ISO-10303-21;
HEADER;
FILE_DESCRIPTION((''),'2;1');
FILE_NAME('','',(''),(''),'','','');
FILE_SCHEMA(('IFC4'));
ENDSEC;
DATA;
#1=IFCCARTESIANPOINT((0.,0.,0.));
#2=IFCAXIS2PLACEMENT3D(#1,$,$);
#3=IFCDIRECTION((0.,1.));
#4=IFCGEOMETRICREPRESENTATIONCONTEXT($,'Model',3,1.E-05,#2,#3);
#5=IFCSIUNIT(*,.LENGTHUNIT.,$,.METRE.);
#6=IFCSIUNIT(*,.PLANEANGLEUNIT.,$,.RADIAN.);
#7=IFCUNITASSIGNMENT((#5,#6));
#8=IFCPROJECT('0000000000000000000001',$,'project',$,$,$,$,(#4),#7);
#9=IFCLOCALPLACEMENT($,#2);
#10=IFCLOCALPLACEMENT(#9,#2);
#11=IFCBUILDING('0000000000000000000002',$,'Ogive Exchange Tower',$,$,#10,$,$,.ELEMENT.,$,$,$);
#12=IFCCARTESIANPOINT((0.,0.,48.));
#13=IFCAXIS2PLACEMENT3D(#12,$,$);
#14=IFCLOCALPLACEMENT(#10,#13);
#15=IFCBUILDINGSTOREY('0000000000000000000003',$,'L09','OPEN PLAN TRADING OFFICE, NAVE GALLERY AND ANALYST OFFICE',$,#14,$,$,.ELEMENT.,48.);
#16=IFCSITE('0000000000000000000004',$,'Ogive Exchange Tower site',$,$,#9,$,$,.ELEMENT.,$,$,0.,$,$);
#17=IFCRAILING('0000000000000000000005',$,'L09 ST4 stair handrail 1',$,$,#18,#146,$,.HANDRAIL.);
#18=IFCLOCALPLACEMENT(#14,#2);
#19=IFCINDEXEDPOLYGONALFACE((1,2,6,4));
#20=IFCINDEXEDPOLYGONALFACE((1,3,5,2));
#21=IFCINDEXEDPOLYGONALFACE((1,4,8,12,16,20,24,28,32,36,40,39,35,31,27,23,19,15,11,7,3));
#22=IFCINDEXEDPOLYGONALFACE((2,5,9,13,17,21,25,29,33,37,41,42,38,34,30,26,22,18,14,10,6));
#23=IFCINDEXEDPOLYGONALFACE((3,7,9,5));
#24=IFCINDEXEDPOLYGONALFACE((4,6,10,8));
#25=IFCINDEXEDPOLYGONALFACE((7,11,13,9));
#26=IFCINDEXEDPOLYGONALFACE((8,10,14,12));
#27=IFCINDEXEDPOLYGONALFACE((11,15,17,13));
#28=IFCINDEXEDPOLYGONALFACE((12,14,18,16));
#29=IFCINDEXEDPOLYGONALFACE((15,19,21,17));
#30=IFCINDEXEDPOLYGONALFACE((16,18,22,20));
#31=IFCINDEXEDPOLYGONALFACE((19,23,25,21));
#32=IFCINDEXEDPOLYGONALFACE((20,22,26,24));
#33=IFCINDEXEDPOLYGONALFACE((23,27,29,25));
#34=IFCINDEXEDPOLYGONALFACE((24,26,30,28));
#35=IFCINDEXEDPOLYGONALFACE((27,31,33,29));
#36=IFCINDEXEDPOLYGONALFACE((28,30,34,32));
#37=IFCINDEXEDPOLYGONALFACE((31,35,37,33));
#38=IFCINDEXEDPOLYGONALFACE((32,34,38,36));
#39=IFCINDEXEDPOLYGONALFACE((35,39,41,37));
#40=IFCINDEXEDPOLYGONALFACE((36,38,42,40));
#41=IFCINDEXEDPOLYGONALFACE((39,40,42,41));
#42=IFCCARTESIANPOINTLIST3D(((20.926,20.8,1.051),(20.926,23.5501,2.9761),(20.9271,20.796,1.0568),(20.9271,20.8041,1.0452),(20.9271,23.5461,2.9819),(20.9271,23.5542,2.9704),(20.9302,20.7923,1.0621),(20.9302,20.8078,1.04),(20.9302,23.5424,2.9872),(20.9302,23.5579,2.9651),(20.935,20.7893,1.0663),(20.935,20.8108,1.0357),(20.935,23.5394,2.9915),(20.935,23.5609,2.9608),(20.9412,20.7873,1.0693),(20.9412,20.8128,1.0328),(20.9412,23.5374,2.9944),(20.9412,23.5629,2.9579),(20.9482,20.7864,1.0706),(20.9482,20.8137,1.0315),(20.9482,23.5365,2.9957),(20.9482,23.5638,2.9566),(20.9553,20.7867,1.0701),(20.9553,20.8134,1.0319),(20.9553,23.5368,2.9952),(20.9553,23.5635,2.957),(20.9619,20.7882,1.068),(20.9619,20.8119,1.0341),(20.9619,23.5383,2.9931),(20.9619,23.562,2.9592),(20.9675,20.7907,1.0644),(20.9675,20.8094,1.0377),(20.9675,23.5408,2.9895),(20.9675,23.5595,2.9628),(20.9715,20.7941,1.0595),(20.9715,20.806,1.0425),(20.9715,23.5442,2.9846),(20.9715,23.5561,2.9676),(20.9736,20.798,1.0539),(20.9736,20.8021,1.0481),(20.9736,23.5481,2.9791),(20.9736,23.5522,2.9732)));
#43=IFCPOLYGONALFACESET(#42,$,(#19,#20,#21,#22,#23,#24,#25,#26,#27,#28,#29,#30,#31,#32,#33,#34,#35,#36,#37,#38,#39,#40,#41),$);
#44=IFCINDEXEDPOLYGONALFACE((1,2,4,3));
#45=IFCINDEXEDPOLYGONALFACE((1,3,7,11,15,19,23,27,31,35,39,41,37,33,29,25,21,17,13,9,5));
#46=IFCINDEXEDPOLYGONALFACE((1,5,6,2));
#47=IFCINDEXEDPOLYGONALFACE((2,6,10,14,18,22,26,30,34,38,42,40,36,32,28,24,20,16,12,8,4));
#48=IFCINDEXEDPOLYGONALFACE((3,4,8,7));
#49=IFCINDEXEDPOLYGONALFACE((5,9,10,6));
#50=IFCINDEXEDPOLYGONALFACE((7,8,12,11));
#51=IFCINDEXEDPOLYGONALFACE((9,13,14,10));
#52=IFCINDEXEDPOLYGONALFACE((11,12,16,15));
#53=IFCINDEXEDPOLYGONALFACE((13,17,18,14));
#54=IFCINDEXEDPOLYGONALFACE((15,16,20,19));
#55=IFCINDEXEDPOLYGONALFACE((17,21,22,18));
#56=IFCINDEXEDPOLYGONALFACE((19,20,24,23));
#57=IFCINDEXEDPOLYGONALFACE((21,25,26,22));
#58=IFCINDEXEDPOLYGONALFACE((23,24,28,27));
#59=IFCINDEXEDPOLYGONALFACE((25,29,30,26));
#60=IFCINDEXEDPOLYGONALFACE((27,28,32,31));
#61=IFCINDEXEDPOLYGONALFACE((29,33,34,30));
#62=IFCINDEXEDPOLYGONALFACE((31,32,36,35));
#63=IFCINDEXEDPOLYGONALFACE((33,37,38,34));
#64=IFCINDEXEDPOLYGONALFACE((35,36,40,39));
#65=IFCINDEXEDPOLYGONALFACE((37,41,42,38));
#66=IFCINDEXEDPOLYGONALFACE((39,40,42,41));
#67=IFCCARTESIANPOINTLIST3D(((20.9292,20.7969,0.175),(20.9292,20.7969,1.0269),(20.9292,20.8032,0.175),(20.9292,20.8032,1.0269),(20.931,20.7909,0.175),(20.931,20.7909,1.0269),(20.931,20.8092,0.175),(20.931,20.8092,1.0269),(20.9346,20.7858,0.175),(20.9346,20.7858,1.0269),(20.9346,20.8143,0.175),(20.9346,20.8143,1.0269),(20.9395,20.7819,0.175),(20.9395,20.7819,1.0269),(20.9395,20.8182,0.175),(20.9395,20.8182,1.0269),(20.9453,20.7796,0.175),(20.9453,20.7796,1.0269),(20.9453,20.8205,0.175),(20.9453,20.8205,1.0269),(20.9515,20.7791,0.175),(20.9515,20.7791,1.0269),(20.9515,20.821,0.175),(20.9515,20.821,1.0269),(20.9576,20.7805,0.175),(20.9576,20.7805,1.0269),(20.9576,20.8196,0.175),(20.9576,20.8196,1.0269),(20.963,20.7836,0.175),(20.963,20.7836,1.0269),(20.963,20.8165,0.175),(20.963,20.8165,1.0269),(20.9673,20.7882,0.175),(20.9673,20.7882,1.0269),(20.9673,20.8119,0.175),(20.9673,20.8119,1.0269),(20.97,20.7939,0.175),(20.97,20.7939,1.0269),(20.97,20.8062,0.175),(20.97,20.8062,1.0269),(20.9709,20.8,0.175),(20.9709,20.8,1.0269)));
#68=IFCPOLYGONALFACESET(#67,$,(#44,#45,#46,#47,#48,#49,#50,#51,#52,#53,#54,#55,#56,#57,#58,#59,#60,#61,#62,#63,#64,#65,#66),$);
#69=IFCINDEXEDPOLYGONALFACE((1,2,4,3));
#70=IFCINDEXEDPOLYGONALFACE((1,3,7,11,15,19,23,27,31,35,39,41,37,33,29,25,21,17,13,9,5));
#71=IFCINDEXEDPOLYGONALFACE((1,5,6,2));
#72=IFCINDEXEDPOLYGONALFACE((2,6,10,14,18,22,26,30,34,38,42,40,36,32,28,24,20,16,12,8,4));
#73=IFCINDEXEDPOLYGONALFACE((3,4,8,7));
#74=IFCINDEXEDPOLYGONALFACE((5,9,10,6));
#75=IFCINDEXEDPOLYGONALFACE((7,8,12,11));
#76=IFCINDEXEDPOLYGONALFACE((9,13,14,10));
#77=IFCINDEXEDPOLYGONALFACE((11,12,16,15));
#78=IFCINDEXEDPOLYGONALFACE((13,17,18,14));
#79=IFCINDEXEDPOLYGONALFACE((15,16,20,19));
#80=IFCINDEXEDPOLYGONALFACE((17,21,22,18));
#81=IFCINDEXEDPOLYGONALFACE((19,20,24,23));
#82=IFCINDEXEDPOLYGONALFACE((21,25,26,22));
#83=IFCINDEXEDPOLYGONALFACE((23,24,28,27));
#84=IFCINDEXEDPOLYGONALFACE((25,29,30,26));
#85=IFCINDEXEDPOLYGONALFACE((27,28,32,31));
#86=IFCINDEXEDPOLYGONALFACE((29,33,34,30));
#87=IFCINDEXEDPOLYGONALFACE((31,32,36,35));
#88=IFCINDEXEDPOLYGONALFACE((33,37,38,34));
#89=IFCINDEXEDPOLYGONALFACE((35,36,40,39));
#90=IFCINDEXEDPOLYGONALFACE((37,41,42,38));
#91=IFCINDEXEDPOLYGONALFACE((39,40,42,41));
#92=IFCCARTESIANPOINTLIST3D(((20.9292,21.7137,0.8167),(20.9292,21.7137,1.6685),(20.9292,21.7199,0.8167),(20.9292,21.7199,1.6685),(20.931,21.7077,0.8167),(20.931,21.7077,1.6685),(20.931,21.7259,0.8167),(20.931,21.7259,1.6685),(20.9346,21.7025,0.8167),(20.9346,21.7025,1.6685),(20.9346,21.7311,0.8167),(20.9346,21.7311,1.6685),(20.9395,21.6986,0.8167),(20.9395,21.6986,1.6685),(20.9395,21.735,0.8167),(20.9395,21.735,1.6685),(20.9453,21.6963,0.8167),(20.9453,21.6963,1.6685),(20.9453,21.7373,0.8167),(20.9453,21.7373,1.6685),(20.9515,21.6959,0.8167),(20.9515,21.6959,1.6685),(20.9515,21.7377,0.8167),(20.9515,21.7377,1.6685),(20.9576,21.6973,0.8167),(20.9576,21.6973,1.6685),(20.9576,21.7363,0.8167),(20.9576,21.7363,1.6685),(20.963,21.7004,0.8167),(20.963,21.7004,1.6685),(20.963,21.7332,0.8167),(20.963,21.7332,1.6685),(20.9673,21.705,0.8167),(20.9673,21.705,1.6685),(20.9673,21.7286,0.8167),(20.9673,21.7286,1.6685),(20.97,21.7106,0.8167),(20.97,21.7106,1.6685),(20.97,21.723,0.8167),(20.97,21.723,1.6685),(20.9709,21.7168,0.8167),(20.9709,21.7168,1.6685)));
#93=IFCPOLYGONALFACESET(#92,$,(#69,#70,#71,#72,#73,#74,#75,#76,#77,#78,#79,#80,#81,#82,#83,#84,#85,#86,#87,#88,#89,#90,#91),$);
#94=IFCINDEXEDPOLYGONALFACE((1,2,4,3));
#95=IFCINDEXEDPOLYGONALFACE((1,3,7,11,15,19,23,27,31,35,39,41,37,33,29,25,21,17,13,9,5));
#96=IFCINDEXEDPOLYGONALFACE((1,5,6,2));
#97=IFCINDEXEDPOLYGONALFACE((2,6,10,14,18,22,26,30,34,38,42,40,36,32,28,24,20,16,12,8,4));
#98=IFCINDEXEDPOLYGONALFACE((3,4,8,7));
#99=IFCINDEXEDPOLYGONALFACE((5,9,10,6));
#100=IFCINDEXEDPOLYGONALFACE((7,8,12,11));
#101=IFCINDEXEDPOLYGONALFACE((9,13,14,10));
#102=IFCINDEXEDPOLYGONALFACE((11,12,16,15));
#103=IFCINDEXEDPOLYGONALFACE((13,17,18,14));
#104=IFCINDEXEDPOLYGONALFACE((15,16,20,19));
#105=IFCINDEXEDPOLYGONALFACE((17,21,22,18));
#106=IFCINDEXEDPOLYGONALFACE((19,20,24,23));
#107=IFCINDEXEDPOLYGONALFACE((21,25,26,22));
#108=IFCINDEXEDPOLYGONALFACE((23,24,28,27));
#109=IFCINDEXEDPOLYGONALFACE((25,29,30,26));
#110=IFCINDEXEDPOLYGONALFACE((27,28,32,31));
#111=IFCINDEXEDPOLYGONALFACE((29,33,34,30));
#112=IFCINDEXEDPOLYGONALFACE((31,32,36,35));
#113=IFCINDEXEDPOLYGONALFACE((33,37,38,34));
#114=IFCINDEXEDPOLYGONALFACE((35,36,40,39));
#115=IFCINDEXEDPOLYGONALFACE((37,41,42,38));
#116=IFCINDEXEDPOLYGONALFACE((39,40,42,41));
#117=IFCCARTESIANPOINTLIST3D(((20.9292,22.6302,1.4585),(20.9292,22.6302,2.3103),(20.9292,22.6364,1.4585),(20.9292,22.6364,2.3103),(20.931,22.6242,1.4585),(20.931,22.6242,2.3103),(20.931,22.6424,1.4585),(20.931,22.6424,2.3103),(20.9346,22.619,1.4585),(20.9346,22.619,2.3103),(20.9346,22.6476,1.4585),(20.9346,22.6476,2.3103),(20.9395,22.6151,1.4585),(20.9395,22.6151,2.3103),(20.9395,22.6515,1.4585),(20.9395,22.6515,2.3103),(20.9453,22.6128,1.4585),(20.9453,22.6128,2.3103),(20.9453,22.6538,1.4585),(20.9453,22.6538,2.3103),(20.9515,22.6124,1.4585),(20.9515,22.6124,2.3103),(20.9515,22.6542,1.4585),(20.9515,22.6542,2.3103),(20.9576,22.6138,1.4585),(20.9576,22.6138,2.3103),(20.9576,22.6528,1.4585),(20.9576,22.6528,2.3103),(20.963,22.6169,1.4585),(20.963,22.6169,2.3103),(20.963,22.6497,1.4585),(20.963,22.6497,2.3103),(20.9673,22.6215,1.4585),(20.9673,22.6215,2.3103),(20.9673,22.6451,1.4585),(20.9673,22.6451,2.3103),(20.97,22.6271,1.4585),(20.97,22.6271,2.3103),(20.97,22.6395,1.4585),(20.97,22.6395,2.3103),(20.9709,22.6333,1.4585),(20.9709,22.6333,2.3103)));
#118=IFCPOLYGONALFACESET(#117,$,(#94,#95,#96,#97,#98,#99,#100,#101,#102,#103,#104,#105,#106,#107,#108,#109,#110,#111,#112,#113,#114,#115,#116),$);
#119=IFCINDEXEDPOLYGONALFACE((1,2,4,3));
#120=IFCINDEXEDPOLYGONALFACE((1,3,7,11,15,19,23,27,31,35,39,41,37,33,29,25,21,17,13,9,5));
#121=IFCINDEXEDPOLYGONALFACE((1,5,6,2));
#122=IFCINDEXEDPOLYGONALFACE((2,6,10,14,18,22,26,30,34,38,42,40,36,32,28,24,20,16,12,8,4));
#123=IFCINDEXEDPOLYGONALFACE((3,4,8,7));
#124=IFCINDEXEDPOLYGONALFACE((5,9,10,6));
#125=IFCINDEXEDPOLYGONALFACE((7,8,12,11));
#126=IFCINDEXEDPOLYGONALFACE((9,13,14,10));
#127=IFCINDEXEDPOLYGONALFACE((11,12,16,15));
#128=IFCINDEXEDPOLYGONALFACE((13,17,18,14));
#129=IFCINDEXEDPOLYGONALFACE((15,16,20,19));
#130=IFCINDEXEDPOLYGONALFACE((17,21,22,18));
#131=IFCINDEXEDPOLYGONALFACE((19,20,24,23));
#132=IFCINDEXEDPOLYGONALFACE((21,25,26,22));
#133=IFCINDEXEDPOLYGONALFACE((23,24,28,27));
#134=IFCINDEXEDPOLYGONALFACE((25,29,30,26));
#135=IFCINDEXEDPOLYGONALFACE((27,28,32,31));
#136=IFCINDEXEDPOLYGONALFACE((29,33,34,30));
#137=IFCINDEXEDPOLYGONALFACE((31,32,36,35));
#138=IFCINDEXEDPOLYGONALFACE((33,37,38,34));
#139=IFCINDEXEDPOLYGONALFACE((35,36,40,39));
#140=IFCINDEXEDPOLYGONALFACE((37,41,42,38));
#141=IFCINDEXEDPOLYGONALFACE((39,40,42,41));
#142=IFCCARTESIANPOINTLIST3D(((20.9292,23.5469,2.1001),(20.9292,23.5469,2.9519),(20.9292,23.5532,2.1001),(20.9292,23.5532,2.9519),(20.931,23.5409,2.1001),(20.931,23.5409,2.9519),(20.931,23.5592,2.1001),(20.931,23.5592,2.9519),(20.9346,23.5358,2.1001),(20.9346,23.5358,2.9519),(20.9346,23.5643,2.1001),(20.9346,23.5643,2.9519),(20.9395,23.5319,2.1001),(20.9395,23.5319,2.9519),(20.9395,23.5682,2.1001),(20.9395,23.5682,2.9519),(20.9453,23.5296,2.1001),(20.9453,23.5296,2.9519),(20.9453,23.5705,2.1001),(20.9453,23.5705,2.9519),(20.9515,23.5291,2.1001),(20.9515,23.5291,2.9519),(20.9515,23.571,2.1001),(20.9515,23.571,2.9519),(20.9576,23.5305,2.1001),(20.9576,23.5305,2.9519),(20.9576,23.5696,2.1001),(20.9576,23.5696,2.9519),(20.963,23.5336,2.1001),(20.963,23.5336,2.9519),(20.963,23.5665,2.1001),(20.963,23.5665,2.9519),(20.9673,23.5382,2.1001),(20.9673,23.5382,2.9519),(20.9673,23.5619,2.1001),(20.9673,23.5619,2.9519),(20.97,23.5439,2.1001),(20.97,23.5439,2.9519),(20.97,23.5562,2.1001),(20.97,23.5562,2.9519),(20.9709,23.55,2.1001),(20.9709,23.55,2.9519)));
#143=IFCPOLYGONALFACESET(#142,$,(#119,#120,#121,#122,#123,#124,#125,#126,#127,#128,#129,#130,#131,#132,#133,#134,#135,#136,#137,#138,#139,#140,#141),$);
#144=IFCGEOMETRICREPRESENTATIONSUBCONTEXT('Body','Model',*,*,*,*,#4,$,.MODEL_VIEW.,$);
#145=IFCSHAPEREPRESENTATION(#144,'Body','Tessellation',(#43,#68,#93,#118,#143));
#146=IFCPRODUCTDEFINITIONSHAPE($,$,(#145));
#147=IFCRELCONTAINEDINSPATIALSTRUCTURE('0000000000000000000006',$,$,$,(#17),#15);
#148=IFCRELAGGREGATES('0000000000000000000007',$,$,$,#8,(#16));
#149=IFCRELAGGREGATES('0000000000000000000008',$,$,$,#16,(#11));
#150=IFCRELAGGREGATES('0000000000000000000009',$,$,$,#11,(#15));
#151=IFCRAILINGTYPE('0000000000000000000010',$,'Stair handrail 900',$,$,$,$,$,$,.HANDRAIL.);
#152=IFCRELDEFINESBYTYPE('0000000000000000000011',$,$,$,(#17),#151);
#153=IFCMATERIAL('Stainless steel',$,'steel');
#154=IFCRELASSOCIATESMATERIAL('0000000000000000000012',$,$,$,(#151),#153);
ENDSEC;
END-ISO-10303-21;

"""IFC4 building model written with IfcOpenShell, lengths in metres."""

from ifc_helpers import new_model, si_unit, direction, frame, origin, origin_2d, place, context, subcontext, project, spatial, circle, extrude, material, type_object, element, save


model = new_model("IFC4")

# Units and contexts
model_context = context("Model", 3, precision=1e-05, world=origin(), true_north=direction((0.0, 1.0)))
body_context = subcontext(model_context, "Body", "Model", "MODEL_VIEW")
ifc_project = project(units=[si_unit("LENGTHUNIT", "METRE"), si_unit("PLANEANGLEUNIT", "RADIAN")], contexts=[model_context])

# Site, building, storey
site_placement = place(None, origin())
site = spatial("IfcSite", under=ifc_project, at=site_placement, Name="Ogive Exchange Tower site", CompositionType="ELEMENT", RefElevation=0.0)
building_placement = place(site_placement, origin())
building = spatial("IfcBuilding", under=site, at=building_placement, Name="Ogive Exchange Tower", CompositionType="ELEMENT")
storey_placement = place(building_placement, frame((0.0, 0.0, 48.0)))
storey = spatial("IfcBuildingStorey", under=building, at=storey_placement, Name="L09", Description="OPEN PLAN TRADING OFFICE, NAVE GALLERY AND ANALYST OFFICE", CompositionType="ELEMENT", Elevation=48.0)

# Railing
ifc_material_1 = material(Name="Stainless steel", Category="steel")
railing_type = type_object("IfcRailingType", Name="Stair handrail 900", PredefinedType="HANDRAIL", material=ifc_material_1)
railing_placement = place(storey_placement, frame((20.95, 20.8, 0.175)))
element("IfcRailing", 1, at=railing_placement, inside=storey, type_object=railing_type, Name="L09 ST4 stair handrail 1", PredefinedType="HANDRAIL", context=body_context, shape_type="SweptSolid", body=[
    extrude(circle(Radius=0.0239, at=origin_2d()), frame((0.0, 0.0, 0.876), z_axis=(0.0, 0.819225, 0.573472), x_axis=(-1.0, 0.0, 0.0)), (0.0, 0.0, 1.0), 3.3569),
    extrude(circle(Radius=0.021, at=origin_2d()), origin(), (0.0, 0.0, 1.0), 0.8518),
    extrude(circle(Radius=0.021, at=origin_2d()), frame((0.0, 0.9167, 0.6416)), (0.0, 0.0, 1.0), 0.8518),
    extrude(circle(Radius=0.021, at=origin_2d()), frame((0.0, 1.8333, 1.2834)), (0.0, 0.0, 1.0), 0.8518),
    extrude(circle(Radius=0.021, at=origin_2d()), frame((0.0, 2.75, 1.925)), (0.0, 0.0, 1.0), 0.8518),
])

save(model, "model.ifc")
